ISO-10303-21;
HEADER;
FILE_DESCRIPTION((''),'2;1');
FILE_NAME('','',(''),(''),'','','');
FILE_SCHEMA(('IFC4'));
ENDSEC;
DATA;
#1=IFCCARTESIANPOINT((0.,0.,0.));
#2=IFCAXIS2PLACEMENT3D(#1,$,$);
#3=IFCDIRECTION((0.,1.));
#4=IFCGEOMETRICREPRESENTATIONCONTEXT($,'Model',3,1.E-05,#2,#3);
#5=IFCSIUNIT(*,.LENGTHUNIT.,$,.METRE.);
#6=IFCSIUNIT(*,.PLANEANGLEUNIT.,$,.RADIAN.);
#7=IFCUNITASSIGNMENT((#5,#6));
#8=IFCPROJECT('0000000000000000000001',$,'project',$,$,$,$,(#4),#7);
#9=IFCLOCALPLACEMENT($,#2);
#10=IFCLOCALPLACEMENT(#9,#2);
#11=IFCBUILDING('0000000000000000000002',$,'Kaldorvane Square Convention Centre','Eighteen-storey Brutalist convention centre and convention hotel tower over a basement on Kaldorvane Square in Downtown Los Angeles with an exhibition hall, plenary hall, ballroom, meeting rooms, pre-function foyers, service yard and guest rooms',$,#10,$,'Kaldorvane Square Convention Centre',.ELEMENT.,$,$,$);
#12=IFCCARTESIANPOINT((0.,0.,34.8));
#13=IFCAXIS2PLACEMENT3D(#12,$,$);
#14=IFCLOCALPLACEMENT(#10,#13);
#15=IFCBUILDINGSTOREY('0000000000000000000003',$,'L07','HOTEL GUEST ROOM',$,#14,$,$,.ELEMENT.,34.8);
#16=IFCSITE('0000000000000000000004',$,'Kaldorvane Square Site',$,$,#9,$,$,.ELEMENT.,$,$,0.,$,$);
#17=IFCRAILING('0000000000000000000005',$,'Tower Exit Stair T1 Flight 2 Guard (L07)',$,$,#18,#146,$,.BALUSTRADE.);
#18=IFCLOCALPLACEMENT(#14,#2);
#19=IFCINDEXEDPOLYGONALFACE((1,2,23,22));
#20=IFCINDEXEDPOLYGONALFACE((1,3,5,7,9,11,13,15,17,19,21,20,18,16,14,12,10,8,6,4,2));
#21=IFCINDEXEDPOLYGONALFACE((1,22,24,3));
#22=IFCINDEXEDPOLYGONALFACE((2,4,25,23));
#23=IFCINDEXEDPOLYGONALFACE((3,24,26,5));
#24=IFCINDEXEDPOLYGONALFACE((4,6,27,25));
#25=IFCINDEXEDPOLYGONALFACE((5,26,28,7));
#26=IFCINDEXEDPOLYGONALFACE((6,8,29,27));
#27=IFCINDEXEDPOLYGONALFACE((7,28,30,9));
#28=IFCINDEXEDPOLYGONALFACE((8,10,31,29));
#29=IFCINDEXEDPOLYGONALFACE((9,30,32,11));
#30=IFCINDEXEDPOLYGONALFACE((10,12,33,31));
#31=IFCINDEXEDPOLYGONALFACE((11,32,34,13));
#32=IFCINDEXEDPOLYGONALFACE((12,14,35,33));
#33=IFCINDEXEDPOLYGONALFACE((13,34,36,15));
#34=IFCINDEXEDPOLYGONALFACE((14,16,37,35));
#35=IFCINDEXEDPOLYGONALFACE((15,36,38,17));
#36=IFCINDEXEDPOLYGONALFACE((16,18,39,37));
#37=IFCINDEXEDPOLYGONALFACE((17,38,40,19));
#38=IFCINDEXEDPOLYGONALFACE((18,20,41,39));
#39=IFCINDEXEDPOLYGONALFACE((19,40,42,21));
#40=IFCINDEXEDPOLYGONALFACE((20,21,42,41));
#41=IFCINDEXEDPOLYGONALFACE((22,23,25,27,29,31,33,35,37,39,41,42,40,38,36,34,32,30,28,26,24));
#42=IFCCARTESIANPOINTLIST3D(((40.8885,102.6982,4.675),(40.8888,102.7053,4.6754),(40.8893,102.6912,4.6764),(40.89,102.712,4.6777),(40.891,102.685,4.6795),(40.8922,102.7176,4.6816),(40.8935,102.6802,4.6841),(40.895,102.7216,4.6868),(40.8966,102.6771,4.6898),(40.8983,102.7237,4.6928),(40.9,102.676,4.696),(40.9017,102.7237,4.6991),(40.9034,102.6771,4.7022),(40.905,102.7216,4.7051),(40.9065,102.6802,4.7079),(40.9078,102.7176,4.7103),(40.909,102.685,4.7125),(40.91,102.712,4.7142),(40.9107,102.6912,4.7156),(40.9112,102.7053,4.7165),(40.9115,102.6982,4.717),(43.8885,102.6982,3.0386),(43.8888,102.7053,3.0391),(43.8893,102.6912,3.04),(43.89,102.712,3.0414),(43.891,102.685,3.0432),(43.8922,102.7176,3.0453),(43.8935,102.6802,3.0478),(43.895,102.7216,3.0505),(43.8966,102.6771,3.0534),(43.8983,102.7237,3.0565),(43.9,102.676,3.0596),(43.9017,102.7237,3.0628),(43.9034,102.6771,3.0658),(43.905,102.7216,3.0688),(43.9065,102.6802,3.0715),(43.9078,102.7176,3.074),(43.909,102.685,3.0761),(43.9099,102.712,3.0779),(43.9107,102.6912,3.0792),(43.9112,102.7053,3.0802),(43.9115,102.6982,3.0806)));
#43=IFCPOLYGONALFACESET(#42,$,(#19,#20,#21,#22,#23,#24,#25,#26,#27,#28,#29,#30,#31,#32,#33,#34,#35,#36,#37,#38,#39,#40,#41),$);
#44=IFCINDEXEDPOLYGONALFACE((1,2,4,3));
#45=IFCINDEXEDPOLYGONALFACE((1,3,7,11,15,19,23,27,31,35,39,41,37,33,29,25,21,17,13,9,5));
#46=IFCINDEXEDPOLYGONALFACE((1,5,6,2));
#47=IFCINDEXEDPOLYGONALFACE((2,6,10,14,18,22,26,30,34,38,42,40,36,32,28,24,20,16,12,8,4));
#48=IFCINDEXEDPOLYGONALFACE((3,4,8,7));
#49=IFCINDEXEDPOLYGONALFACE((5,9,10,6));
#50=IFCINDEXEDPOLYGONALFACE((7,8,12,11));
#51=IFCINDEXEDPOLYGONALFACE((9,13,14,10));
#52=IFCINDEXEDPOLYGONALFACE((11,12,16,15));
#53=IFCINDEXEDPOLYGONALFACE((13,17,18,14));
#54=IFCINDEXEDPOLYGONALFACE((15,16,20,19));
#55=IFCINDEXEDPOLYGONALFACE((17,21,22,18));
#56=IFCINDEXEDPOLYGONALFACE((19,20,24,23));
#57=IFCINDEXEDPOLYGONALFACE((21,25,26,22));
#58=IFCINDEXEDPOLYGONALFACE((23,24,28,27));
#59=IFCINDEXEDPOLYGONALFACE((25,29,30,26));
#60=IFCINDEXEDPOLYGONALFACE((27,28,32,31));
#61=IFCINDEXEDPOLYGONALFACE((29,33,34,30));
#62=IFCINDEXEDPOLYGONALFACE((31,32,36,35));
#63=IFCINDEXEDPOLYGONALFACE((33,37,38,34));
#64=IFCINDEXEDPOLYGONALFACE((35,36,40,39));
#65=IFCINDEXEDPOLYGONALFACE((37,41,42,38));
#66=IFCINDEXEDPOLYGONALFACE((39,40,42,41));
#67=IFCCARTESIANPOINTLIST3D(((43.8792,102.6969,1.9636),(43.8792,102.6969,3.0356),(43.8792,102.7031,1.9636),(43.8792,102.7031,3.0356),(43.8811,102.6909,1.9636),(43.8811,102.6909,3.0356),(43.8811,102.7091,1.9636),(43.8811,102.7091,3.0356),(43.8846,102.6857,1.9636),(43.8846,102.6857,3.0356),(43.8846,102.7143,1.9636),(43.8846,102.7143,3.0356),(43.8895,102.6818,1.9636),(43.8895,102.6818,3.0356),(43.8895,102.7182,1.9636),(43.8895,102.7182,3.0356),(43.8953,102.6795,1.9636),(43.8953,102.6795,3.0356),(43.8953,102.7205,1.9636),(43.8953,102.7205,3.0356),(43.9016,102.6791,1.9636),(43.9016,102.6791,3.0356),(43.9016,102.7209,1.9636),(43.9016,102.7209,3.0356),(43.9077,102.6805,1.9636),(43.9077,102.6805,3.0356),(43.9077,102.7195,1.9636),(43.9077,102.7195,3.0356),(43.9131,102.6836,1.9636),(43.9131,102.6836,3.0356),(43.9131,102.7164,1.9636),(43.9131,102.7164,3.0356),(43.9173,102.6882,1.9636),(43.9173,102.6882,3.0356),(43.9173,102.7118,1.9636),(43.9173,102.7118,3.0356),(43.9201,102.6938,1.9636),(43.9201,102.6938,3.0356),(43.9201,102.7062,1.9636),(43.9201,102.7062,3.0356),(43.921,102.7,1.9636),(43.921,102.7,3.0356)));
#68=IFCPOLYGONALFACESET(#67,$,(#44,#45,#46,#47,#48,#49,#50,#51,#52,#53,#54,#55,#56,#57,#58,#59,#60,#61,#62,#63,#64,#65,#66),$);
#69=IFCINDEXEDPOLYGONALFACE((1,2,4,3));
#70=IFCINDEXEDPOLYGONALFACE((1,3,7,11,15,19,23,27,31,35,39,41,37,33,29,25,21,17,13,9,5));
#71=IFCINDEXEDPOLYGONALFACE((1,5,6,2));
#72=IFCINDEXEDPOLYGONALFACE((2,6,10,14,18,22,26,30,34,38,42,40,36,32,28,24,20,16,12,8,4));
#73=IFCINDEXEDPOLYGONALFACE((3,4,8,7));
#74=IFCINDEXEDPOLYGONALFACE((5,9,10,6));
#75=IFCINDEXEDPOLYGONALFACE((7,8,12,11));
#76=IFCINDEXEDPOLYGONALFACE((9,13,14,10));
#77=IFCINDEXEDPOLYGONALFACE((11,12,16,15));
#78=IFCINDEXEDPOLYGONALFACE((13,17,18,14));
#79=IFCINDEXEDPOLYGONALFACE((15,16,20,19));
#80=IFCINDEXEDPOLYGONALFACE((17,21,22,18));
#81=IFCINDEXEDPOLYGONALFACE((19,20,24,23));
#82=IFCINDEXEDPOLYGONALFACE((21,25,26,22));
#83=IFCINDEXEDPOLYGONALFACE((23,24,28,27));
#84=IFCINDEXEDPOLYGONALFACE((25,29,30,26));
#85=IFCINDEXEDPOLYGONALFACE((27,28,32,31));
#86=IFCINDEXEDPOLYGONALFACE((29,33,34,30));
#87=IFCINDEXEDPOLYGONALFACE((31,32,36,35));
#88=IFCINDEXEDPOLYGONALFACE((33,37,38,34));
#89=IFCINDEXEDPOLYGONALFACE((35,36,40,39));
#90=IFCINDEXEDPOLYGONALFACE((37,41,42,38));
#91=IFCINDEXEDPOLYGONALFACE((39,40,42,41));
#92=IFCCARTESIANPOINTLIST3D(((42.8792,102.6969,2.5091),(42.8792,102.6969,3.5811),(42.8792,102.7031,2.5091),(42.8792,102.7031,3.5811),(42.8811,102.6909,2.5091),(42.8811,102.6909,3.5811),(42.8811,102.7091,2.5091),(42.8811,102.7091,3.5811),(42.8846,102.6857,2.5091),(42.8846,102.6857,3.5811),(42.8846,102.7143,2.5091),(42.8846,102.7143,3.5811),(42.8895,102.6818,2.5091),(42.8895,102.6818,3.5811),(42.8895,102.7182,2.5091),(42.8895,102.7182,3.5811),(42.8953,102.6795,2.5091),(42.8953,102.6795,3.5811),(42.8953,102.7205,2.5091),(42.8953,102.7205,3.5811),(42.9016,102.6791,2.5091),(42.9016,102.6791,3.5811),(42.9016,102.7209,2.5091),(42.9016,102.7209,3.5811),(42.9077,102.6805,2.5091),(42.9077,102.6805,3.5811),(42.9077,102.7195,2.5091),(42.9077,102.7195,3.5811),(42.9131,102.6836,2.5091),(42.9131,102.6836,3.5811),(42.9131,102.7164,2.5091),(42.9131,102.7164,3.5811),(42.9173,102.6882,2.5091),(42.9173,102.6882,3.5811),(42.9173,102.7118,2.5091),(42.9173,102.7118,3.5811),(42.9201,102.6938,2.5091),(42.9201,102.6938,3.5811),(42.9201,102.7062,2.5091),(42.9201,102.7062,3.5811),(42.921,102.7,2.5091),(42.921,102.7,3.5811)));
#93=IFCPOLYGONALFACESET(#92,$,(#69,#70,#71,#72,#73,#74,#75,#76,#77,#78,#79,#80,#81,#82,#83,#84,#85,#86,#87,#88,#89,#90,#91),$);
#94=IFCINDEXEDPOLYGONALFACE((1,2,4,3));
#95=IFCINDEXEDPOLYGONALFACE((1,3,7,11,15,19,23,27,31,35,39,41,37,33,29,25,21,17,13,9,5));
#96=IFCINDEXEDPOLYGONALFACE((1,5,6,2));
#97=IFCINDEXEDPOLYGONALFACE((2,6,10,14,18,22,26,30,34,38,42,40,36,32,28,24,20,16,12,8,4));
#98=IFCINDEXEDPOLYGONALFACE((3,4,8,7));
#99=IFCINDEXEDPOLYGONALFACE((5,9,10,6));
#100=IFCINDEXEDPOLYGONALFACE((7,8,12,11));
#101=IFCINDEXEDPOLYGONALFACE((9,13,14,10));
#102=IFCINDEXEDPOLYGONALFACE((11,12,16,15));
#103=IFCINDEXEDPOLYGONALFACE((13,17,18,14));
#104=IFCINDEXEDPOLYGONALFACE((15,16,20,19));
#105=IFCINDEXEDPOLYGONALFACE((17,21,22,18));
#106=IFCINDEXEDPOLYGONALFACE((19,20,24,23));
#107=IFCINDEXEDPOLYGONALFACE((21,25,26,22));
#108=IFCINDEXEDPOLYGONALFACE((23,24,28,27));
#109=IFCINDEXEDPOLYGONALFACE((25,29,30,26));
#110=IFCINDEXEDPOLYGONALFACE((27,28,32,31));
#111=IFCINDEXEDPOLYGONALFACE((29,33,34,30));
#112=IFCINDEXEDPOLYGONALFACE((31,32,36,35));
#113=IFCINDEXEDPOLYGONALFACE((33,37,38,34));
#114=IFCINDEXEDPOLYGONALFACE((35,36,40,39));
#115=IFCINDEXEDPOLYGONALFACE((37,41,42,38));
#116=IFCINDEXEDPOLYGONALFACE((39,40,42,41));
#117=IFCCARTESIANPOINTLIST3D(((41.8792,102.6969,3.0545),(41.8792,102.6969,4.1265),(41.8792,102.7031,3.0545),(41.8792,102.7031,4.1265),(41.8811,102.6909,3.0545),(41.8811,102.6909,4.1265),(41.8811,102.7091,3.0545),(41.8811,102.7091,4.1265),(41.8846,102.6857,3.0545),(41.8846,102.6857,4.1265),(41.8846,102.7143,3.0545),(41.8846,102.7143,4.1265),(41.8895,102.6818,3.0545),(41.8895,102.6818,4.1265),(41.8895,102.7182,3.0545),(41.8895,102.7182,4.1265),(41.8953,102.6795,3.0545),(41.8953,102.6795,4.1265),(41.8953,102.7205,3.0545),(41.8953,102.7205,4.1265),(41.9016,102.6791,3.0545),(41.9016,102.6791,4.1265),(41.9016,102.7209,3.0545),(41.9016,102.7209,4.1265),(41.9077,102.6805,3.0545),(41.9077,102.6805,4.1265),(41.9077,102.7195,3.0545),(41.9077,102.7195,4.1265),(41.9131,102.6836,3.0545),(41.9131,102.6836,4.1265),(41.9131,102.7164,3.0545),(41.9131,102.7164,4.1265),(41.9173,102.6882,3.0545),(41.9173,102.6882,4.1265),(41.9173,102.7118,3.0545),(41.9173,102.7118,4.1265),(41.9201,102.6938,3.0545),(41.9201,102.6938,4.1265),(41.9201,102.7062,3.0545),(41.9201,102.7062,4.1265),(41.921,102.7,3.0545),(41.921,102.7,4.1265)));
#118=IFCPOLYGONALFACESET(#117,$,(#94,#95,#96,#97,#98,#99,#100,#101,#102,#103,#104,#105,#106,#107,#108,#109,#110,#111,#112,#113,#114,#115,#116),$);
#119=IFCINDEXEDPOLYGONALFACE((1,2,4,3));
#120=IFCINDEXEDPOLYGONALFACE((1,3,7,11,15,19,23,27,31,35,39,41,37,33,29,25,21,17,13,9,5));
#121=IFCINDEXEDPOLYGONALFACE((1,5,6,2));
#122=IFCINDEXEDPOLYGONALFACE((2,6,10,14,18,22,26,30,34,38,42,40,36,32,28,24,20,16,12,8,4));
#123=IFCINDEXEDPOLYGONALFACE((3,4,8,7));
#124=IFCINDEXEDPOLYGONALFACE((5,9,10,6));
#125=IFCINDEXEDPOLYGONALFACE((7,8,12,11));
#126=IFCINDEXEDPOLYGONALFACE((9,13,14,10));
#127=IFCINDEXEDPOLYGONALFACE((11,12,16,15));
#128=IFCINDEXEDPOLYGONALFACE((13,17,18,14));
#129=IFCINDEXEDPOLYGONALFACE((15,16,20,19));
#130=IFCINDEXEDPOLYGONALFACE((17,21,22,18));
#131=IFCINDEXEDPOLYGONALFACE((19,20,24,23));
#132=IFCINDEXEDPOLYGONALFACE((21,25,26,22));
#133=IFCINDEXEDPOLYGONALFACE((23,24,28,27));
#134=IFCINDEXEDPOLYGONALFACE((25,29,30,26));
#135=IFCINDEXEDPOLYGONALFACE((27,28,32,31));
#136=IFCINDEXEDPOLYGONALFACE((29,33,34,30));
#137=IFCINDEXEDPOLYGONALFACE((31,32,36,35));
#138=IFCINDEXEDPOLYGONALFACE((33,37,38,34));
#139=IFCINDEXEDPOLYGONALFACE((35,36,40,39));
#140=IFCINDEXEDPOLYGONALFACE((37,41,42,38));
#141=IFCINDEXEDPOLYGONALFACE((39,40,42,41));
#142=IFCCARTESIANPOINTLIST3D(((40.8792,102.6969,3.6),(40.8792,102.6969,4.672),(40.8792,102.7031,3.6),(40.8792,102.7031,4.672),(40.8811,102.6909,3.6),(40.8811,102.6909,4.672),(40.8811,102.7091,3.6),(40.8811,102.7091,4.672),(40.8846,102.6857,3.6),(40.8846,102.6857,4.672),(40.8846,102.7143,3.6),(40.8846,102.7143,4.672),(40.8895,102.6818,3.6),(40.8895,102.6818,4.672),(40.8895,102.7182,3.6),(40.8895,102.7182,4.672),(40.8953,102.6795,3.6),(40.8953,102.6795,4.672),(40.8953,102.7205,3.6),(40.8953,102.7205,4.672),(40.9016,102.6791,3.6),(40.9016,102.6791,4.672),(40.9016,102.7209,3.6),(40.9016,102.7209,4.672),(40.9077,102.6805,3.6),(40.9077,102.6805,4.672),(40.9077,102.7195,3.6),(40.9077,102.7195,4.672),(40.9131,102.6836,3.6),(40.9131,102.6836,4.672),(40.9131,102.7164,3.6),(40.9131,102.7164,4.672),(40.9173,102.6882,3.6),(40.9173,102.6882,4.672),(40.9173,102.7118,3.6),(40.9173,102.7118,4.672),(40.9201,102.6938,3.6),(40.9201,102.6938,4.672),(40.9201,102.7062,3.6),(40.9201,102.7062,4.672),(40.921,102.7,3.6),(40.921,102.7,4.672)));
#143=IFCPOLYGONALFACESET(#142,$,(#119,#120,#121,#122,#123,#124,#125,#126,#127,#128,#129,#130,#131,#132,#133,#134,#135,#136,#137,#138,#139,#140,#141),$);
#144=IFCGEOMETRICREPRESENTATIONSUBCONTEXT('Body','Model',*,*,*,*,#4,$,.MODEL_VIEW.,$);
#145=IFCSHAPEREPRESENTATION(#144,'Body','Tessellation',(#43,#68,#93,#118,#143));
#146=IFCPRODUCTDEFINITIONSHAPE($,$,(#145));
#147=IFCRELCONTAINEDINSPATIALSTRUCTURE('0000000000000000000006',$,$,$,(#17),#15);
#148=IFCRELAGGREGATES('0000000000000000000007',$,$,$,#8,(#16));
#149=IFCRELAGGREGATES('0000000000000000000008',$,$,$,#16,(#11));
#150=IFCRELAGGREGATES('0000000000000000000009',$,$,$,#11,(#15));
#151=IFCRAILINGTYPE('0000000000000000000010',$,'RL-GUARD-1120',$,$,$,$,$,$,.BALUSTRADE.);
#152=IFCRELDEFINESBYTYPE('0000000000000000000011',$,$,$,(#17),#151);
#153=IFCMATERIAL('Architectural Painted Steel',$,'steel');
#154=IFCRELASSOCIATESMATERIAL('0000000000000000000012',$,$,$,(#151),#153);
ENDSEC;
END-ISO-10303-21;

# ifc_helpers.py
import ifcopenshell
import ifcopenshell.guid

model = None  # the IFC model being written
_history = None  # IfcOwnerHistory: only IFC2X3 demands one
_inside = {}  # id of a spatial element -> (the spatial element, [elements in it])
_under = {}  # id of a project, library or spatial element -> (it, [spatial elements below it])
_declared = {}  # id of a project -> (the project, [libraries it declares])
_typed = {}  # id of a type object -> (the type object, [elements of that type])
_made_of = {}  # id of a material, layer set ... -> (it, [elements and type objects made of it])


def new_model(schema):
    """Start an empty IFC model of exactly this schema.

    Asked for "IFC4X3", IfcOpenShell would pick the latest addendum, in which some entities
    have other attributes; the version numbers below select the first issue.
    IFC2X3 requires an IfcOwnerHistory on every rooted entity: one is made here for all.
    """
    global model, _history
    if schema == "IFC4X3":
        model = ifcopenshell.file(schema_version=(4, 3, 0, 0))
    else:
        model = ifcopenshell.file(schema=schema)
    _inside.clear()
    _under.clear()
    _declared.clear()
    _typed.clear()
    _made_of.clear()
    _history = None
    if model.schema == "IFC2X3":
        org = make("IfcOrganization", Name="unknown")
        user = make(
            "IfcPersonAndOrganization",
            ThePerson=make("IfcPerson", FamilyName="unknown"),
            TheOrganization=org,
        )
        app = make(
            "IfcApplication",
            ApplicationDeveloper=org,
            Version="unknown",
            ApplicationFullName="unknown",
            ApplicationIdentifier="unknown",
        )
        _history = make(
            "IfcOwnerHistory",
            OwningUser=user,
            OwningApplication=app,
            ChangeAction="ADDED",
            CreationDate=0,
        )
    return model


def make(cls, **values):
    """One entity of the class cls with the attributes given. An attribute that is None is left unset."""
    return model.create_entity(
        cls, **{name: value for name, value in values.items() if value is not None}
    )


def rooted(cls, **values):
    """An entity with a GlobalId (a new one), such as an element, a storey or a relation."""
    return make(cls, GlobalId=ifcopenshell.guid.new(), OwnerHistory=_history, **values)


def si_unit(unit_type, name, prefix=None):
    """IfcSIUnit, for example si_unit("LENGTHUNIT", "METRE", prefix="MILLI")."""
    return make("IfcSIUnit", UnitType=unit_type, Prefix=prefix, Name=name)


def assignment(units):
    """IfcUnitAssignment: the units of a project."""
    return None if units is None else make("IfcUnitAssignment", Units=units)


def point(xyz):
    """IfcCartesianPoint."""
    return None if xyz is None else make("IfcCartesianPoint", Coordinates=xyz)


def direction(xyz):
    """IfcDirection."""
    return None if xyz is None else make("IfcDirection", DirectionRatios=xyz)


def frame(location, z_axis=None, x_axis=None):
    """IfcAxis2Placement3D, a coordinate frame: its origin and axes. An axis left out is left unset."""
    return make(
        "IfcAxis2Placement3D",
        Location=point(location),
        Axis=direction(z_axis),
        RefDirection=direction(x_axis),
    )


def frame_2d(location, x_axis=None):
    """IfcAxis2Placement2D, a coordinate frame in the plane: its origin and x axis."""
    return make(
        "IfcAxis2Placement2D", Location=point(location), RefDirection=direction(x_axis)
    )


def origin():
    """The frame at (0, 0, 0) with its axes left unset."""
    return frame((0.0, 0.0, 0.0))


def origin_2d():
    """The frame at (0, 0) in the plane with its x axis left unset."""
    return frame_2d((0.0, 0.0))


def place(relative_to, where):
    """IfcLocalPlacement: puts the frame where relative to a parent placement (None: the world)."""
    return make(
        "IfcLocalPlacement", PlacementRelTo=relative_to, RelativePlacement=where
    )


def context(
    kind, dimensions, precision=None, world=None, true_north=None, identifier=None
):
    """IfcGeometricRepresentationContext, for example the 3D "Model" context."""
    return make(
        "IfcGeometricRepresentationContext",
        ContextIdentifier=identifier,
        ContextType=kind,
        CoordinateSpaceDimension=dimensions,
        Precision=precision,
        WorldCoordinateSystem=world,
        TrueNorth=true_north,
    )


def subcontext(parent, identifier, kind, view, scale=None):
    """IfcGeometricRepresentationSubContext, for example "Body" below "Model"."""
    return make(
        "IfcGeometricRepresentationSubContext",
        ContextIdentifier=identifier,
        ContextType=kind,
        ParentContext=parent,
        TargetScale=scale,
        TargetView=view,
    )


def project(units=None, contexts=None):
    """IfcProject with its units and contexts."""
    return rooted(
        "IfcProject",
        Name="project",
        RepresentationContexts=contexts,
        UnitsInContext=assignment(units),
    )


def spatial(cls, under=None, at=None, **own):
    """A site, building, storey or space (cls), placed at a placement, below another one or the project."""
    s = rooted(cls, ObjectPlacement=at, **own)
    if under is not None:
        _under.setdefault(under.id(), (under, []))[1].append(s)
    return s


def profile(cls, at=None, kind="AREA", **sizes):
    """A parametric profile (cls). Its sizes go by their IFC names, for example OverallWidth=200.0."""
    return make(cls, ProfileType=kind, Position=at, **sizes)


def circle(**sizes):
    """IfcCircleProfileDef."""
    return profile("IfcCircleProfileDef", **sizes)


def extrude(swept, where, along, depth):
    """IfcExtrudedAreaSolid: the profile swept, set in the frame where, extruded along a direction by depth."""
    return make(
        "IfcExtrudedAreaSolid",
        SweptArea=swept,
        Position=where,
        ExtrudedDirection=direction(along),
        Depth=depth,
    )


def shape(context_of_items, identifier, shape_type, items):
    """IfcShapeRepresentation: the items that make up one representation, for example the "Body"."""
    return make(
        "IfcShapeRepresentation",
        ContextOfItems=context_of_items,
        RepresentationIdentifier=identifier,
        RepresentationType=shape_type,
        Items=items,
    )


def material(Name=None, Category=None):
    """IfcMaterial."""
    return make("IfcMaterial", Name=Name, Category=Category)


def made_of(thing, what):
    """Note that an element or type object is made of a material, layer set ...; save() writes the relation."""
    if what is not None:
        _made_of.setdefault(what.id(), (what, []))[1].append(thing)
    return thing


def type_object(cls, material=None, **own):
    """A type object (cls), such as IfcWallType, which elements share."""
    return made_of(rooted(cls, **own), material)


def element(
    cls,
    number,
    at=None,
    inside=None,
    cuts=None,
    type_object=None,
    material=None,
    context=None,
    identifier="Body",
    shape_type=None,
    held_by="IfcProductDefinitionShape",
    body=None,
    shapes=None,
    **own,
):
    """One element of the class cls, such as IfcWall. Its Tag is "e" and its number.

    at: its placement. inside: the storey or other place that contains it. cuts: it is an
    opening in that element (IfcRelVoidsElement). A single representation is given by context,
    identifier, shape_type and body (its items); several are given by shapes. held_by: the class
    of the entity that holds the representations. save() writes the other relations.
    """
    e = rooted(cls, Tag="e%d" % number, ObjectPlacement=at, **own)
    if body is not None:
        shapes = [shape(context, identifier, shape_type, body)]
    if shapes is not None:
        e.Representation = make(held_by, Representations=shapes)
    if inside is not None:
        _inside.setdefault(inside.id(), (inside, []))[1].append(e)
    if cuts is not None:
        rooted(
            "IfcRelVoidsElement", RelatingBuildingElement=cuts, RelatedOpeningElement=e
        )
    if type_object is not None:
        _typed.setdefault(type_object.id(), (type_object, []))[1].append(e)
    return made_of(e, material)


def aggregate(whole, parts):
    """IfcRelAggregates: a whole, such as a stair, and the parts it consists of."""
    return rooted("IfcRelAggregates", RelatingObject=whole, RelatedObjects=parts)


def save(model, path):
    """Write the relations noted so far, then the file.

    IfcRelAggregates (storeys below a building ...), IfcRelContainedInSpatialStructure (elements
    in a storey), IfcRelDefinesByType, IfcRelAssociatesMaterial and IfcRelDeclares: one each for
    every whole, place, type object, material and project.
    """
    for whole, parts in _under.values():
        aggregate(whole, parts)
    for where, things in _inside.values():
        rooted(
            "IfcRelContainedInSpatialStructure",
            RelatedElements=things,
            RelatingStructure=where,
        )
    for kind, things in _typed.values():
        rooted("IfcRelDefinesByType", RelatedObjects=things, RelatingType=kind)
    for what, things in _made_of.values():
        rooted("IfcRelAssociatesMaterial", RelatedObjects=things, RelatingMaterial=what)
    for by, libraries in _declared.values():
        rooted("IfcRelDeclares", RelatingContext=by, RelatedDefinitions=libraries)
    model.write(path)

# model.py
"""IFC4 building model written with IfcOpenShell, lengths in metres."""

from ifc_helpers import new_model, si_unit, direction, frame, origin, origin_2d, place, context, subcontext, project, spatial, circle, extrude, material, type_object, element, save


model = new_model("IFC4")

# Units and contexts
model_context = context("Model", 3, precision=1e-05, world=origin(), true_north=direction((0.0, 1.0)))
body_context = subcontext(model_context, "Body", "Model", "MODEL_VIEW")
ifc_project = project(units=[si_unit("LENGTHUNIT", "METRE"), si_unit("PLANEANGLEUNIT", "RADIAN")], contexts=[model_context])

# Site, building, storey
site_placement = place(None, origin())
site = spatial("IfcSite", under=ifc_project, at=site_placement, Name="Kaldorvane Square Site", CompositionType="ELEMENT", RefElevation=0.0)
building_placement = place(site_placement, origin())
building = spatial("IfcBuilding", under=site, at=building_placement, Name="Kaldorvane Square Convention Centre", Description="Eighteen-storey Brutalist convention centre and convention hotel tower over a basement on Kaldorvane Square in Downtown Los Angeles with an exhibition hall, plenary hall, ballroom, meeting rooms, pre-function foyers, service yard and guest rooms", LongName="Kaldorvane Square Convention Centre", CompositionType="ELEMENT")
storey_placement = place(building_placement, frame((0.0, 0.0, 34.8)))
storey = spatial("IfcBuildingStorey", under=building, at=storey_placement, Name="L07", Description="HOTEL GUEST ROOM", CompositionType="ELEMENT", Elevation=34.8)

# Railing
ifc_material_1 = material(Name="Architectural Painted Steel", Category="steel")
railing_type_1 = type_object("IfcRailingType", Name="RL-GUARD-1120", PredefinedType="BALUSTRADE", material=ifc_material_1)
railing_1_placement = place(storey_placement, frame((43.9, 102.7, 1.9636)))
element("IfcRailing", 1, at=railing_1_placement, inside=storey, type_object=railing_type_1, Name="Tower Exit Stair T1 Flight 2 Guard (L07)", PredefinedType="BALUSTRADE", context=body_context, shape_type="SweptSolid", body=[
    extrude(circle(Radius=0.024, at=origin_2d()), frame((0.0, 0.0, 1.096), z_axis=(-0.877897, 0.0, 0.47885), x_axis=(0.0, -1.0, 0.0)), (0.0, 0.0, 1.0), 3.4173),
    extrude(circle(Radius=0.021, at=origin_2d()), origin(), (0.0, 0.0, 1.0), 1.072),
    extrude(circle(Radius=0.021, at=origin_2d()), frame((-1.0, 0.0, 0.5455)), (0.0, 0.0, 1.0), 1.072),
    extrude(circle(Radius=0.021, at=origin_2d()), frame((-2.0, 0.0, 1.0909)), (0.0, 0.0, 1.0), 1.072),
    extrude(circle(Radius=0.021, at=origin_2d()), frame((-3.0, 0.0, 1.6364)), (0.0, 0.0, 1.0), 1.072),
])

save(model, "model.ifc")
